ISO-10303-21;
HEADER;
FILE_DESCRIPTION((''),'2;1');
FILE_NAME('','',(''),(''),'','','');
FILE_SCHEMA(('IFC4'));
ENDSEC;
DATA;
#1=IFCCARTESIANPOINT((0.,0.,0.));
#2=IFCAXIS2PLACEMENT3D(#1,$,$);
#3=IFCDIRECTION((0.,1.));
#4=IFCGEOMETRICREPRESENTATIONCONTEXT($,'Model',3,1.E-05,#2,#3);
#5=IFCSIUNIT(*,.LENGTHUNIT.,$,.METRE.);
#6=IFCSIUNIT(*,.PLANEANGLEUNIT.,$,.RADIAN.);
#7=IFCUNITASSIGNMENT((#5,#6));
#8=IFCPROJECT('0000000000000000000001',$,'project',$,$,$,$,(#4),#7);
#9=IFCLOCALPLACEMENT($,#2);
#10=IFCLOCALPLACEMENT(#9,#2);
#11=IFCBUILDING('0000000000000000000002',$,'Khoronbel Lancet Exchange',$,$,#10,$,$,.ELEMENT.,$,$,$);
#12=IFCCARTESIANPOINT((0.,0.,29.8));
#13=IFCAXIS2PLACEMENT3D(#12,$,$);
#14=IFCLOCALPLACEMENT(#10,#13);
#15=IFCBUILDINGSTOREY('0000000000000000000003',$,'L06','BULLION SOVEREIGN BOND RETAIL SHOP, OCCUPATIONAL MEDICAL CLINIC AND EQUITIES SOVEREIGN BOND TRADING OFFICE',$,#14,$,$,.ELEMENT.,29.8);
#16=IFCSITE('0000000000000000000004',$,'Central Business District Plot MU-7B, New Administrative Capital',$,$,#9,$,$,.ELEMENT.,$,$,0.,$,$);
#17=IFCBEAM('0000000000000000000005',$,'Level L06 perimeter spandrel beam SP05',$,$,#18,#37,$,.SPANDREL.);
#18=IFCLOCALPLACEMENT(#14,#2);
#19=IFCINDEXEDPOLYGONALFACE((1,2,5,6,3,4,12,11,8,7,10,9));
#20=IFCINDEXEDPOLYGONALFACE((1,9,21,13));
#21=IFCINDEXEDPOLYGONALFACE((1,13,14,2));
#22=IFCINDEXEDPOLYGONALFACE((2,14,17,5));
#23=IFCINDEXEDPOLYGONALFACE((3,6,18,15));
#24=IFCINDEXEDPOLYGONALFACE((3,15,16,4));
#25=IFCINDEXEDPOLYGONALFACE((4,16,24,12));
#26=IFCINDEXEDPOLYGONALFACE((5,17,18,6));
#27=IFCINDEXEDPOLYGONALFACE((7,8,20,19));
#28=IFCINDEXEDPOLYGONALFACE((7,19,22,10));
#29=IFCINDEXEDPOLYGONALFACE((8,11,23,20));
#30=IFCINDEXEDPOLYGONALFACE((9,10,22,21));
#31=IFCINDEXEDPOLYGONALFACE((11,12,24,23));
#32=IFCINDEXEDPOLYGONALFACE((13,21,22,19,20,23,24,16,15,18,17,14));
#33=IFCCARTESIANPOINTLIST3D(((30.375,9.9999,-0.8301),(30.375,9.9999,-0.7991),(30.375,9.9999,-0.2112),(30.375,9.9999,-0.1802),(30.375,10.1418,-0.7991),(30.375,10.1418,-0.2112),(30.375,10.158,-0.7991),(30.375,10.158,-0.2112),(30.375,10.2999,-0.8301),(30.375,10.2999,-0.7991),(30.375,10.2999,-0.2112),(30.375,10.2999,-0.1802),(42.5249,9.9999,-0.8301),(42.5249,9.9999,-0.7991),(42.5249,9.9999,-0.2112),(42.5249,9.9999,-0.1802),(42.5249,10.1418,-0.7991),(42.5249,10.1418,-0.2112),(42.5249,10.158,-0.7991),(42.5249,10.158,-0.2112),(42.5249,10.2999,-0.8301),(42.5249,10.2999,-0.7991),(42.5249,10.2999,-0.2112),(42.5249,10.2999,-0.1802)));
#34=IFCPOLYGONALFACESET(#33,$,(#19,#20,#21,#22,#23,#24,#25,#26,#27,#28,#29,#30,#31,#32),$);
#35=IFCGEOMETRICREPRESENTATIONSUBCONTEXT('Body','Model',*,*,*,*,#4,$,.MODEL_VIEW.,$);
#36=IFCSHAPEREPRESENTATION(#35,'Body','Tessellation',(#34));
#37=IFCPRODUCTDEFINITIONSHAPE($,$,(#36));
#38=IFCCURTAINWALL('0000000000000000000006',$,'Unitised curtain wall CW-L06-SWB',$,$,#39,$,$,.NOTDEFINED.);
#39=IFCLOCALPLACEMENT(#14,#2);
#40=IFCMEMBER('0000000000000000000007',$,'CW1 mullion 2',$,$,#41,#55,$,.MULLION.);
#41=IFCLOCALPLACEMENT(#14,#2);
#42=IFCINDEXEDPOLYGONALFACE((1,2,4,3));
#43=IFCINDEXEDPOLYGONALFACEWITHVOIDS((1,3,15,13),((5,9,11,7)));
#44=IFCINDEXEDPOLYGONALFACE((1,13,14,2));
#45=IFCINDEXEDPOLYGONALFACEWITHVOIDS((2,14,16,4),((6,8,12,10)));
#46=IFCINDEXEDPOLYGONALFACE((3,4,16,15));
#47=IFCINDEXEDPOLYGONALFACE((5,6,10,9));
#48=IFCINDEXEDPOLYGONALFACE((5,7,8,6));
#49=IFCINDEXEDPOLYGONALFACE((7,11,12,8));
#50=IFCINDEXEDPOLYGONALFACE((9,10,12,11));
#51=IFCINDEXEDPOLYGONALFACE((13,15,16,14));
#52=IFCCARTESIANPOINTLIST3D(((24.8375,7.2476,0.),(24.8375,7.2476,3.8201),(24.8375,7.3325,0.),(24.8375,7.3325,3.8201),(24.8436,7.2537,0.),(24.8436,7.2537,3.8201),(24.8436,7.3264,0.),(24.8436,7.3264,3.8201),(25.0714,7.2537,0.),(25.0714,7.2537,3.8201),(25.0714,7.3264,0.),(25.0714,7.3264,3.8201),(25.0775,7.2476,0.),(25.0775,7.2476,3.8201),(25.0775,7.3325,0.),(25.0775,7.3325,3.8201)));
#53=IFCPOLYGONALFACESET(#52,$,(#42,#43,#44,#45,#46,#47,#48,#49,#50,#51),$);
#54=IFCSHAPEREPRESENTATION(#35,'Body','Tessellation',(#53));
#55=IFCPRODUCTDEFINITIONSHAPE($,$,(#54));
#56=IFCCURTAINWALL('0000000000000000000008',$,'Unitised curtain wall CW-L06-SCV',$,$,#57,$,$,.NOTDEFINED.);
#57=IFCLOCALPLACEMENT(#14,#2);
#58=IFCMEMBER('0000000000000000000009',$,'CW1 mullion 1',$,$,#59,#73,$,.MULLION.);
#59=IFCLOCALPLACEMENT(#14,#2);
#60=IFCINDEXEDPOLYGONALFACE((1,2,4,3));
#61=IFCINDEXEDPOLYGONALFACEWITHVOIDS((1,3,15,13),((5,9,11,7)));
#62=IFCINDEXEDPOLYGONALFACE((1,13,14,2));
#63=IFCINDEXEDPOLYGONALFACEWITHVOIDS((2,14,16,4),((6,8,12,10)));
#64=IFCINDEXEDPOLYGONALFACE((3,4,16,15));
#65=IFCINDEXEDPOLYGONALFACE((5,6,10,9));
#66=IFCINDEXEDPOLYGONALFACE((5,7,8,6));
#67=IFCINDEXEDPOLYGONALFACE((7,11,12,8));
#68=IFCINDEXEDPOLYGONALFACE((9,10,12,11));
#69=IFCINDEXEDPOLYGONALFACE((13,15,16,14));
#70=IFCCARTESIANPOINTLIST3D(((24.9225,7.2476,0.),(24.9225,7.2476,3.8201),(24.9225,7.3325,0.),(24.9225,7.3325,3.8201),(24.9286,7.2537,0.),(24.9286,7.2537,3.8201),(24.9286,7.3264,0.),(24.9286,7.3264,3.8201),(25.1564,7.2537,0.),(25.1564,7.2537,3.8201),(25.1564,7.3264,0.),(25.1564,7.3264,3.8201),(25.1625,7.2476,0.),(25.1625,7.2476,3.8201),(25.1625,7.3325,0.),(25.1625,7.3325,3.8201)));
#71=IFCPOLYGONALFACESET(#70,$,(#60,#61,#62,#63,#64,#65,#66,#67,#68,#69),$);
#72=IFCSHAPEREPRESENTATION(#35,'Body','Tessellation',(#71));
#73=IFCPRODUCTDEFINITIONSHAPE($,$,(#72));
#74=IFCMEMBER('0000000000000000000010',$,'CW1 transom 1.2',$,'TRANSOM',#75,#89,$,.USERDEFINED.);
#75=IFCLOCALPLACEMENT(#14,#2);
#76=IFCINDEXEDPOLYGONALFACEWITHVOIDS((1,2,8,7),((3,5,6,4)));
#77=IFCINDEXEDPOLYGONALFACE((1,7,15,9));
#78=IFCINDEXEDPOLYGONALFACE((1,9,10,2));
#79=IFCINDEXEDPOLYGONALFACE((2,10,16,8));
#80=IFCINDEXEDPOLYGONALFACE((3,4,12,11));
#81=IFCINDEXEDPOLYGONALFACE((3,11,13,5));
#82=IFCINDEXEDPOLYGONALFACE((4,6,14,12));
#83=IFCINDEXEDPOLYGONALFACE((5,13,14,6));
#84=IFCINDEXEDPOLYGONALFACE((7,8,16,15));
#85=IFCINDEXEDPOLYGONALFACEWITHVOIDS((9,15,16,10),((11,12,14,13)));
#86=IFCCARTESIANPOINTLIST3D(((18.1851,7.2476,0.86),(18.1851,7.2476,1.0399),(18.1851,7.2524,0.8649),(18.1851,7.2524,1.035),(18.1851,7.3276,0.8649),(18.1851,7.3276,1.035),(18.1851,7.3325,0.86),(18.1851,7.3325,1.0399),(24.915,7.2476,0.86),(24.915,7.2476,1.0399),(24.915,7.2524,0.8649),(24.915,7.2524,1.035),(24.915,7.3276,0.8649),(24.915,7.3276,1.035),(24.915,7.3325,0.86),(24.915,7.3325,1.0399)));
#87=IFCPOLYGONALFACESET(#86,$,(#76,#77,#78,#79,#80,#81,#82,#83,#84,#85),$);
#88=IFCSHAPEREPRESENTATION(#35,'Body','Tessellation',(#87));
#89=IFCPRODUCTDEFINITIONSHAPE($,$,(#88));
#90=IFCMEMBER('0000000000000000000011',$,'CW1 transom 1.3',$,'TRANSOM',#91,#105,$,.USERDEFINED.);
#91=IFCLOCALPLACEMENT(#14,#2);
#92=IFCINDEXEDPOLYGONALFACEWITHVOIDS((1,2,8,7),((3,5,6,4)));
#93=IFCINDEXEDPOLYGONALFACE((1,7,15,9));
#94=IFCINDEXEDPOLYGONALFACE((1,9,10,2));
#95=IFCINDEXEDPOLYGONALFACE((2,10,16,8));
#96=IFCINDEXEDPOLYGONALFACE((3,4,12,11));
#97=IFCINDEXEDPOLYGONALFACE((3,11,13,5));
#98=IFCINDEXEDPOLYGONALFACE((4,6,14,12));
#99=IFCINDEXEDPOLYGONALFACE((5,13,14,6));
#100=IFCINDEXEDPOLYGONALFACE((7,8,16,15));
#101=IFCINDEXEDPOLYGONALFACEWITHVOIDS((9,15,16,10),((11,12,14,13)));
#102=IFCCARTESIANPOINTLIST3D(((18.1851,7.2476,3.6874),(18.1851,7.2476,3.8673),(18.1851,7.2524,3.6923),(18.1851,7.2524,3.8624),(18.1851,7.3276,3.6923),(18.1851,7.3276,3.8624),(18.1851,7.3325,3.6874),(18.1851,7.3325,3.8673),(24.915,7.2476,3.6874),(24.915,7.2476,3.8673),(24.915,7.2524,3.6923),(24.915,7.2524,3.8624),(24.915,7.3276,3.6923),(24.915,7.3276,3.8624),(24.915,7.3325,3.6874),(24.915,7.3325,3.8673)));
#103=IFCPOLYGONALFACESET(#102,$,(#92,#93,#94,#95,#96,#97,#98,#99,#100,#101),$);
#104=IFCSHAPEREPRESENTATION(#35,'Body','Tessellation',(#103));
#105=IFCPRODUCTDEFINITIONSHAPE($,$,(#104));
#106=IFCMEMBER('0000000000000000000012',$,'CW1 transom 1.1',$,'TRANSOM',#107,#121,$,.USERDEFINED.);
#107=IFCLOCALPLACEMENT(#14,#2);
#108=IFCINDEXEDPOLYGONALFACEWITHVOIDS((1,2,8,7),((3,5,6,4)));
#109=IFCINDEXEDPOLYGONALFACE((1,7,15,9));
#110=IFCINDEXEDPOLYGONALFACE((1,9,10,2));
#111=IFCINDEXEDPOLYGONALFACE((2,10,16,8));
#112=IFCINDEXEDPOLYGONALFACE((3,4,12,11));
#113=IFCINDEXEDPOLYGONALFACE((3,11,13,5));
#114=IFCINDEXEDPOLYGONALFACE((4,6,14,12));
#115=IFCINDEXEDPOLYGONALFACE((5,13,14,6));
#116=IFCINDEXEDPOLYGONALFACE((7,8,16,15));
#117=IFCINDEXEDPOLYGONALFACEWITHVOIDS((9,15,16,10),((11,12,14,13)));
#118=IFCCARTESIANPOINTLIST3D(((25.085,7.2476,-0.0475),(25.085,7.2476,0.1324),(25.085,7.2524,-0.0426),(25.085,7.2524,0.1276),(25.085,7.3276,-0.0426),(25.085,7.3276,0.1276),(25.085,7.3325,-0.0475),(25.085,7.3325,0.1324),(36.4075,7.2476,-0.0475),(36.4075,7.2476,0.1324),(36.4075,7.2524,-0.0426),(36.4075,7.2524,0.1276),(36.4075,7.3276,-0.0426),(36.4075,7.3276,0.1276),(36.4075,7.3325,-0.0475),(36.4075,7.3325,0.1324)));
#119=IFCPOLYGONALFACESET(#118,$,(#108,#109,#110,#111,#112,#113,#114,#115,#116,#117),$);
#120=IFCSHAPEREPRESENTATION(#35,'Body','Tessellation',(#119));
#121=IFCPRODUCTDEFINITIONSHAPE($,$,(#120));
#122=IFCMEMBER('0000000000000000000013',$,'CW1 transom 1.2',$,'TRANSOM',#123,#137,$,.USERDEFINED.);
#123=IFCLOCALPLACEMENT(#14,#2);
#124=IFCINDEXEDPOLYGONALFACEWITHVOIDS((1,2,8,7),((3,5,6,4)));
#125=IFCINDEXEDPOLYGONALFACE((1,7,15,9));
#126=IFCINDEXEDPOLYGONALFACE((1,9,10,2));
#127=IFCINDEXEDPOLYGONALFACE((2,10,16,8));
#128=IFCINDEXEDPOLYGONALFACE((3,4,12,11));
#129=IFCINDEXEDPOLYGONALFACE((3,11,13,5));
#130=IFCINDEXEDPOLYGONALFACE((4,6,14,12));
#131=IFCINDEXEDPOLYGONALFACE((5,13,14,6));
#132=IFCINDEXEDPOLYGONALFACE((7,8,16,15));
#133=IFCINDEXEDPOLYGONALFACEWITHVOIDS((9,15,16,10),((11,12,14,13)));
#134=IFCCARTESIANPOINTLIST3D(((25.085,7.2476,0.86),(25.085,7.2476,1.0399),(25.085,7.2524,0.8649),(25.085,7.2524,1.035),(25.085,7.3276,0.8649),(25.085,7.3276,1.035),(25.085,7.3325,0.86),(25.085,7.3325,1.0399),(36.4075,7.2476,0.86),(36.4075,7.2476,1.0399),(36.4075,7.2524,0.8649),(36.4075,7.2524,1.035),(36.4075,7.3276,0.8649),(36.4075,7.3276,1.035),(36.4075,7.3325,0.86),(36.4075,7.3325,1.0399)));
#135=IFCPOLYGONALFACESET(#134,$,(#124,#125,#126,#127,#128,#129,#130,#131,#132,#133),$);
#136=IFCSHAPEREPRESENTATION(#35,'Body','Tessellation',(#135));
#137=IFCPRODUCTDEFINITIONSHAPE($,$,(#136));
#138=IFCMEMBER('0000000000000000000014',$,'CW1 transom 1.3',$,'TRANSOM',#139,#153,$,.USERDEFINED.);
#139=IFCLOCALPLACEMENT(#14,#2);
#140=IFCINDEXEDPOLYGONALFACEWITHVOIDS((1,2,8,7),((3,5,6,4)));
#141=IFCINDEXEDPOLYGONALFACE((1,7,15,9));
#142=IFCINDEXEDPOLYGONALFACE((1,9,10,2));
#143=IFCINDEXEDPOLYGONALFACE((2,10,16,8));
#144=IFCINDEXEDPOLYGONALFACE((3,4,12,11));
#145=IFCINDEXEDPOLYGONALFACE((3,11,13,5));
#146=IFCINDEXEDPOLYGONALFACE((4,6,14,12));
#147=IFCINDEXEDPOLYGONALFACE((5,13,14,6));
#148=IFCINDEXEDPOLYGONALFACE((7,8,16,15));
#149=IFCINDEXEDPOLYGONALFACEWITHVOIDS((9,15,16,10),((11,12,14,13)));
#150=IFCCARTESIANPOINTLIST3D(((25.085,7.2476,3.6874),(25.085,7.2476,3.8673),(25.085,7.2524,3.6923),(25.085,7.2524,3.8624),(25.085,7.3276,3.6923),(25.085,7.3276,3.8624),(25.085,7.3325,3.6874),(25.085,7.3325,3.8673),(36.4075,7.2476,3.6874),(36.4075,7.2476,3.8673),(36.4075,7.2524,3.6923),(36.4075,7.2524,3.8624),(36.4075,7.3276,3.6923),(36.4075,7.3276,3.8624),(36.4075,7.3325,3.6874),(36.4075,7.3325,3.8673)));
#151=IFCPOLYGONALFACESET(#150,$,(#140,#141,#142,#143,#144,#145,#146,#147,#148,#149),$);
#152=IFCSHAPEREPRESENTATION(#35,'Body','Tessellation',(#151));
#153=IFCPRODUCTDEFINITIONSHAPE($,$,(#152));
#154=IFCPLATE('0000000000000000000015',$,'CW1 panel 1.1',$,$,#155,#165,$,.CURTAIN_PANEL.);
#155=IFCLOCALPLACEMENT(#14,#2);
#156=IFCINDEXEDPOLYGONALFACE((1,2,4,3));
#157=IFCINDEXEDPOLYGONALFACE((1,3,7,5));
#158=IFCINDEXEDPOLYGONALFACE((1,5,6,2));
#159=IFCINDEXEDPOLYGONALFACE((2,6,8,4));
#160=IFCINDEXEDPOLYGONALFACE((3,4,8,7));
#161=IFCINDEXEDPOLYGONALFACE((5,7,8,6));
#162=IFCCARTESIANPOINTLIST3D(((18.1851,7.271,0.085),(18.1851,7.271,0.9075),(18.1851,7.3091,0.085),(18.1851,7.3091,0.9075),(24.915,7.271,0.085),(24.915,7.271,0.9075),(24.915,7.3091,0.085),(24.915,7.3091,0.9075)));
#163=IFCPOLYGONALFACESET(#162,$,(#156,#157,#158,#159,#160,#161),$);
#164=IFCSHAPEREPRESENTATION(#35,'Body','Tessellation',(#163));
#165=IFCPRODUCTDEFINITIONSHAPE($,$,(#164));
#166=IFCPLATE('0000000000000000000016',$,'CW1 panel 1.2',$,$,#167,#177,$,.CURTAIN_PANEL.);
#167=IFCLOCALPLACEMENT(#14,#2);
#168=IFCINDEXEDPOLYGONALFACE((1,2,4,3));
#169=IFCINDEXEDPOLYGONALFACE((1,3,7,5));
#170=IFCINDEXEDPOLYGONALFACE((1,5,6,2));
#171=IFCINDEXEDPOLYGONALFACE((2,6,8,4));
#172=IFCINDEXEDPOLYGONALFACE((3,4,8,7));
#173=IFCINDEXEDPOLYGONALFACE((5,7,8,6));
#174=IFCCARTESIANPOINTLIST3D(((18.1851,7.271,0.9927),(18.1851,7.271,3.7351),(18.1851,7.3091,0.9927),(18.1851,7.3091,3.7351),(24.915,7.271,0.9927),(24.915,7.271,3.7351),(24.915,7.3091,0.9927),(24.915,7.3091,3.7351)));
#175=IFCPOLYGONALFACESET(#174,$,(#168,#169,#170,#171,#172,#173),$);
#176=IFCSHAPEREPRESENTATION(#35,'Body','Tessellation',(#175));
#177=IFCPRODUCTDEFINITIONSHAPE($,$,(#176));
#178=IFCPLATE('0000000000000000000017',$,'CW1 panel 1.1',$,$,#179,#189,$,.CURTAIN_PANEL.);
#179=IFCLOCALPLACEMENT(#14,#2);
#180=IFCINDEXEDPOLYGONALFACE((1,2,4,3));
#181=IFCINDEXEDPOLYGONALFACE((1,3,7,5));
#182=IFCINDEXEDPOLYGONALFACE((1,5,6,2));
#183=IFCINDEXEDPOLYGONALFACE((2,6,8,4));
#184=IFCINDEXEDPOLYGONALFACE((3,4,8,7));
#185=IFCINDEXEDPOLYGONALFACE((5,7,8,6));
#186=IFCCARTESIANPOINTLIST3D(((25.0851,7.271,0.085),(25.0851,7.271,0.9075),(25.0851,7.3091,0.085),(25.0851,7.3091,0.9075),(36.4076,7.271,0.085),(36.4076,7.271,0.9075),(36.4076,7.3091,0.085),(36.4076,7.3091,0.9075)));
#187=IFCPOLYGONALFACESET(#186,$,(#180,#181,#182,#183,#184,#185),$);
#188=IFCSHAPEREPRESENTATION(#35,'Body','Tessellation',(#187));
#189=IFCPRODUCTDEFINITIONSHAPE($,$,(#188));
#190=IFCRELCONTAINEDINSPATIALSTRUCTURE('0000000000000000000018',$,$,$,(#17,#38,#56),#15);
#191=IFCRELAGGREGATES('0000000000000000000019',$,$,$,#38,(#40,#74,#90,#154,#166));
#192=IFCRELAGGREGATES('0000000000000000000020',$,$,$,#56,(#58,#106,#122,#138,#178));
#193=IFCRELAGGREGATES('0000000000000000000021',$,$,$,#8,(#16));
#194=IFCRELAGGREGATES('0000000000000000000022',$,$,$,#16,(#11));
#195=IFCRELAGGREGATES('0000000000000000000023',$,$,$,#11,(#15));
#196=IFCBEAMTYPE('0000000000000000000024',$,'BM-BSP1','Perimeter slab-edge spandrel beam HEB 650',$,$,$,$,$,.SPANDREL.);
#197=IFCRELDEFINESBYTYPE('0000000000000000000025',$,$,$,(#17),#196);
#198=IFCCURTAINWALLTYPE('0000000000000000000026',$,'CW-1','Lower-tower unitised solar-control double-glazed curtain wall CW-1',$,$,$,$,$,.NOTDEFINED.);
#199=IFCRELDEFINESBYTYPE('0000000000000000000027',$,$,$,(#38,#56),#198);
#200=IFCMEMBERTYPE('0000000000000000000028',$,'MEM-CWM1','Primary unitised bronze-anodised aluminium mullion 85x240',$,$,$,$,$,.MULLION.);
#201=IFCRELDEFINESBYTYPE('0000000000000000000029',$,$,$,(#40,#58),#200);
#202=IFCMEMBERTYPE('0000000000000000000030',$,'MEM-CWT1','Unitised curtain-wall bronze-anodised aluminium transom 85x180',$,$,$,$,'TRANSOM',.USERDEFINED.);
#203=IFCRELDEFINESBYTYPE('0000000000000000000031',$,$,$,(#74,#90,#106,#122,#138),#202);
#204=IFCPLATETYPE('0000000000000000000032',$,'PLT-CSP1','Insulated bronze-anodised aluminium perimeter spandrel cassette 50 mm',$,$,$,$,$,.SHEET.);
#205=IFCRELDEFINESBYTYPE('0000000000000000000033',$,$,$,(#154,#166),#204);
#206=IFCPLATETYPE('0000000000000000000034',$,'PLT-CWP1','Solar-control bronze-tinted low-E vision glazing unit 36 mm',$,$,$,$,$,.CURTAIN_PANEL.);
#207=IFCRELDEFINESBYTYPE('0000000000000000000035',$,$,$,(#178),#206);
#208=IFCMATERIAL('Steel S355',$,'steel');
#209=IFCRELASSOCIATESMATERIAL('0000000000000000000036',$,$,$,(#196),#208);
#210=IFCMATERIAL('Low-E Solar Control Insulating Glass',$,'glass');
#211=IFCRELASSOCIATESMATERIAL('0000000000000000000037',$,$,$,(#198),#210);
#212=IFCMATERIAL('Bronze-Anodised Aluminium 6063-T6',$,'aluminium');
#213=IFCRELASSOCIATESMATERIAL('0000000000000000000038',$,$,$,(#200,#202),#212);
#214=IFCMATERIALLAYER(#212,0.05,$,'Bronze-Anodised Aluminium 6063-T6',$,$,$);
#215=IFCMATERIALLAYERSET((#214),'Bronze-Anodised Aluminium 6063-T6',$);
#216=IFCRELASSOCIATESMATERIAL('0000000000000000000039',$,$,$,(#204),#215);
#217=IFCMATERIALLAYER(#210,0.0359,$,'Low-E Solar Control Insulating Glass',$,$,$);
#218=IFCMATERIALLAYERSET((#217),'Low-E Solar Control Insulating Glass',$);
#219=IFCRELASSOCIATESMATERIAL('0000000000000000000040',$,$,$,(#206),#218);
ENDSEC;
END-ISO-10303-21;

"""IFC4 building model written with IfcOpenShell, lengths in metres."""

from ifc_helpers import new_model, si_unit, direction, frame, origin, origin_2d, place, context, subcontext, project, spatial, rectangle, hollow_rectangle, i_section, extrude, material, layer, layer_set, material_profile, profile_set, type_object, element, aggregate, save


model = new_model("IFC4")

# Units and contexts
model_context = context("Model", 3, precision=1e-05, world=origin(), true_north=direction((0.0, 1.0)))
body_context = subcontext(model_context, "Body", "Model", "MODEL_VIEW")
ifc_project = project(units=[si_unit("LENGTHUNIT", "METRE"), si_unit("PLANEANGLEUNIT", "RADIAN")], contexts=[model_context])

# Site, building, storey
site_placement = place(None, origin())
site = spatial("IfcSite", under=ifc_project, at=site_placement, Name="Central Business District Plot MU-7B, New Administrative Capital", CompositionType="ELEMENT", RefElevation=0.0)
building_placement = place(site_placement, origin())
building = spatial("IfcBuilding", under=site, at=building_placement, Name="Khoronbel Lancet Exchange", CompositionType="ELEMENT")
storey_placement = place(building_placement, frame((0.0, 0.0, 29.8)))
storey = spatial("IfcBuildingStorey", under=building, at=storey_placement, Name="L06", Description="BULLION SOVEREIGN BOND RETAIL SHOP, OCCUPATIONAL MEDICAL CLINIC AND EQUITIES SOVEREIGN BOND TRADING OFFICE", CompositionType="ELEMENT", Elevation=29.8)

# Beam
ifc_material_1 = material(Name="Steel S355", Category="steel")
ifc_material_profile_1 = material_profile(ifc_material_1, i_section(OverallWidth=0.3, OverallDepth=0.6499, WebThickness=0.0161, FlangeThickness=0.031, at=origin_2d()), Name="HEB 650")
ifc_profile_set_1 = profile_set([ifc_material_profile_1], Name="Steel S355")
beam_type_1 = type_object("IfcBeamType", Name="BM-BSP1", Description="Perimeter slab-edge spandrel beam HEB 650", PredefinedType="SPANDREL", material=ifc_profile_set_1)
beam_1_placement = place(storey_placement, frame((30.375, 10.1499, -0.5051), z_axis=(1.0, 0.0, 0.0), x_axis=(0.0, 1.0, 0.0)))
element("IfcBeam", 1, at=beam_1_placement, inside=storey, type_object=beam_type_1, Name="Level L06 perimeter spandrel beam SP05", PredefinedType="SPANDREL", context=body_context, shape_type="SweptSolid", body=[
    extrude(i_section(OverallWidth=0.3, OverallDepth=0.6499, WebThickness=0.0161, FlangeThickness=0.031, at=origin_2d()), origin(), (0.0, 0.0, 1.0), 12.1499),
])

# Curtain walls, members
ifc_material_2 = material(Name="Low-E Solar Control Insulating Glass", Category="glass")
curtain_wall_type = type_object("IfcCurtainWallType", Name="CW-1", Description="Lower-tower unitised solar-control double-glazed curtain wall CW-1", PredefinedType="NOTDEFINED", material=ifc_material_2)
curtain_wall_1_placement = place(storey_placement, origin())
curtain_wall_1 = element("IfcCurtainWall", 2, at=curtain_wall_1_placement, inside=storey, type_object=curtain_wall_type, Name="Unitised curtain wall CW-L06-SWB", PredefinedType="NOTDEFINED")
ifc_material_3 = material(Name="Bronze-Anodised Aluminium 6063-T6", Category="aluminium")
ifc_material_profile_2 = material_profile(ifc_material_3, hollow_rectangle(XDim=0.085, YDim=0.24, WallThickness=0.0061, at=origin_2d()), Name="ALU MULLION 85x240")
ifc_profile_set_2 = profile_set([ifc_material_profile_2], Name="Bronze-Anodised Aluminium 6063-T6")
member_type_1 = type_object("IfcMemberType", Name="MEM-CWM1", Description="Primary unitised bronze-anodised aluminium mullion 85x240", PredefinedType="MULLION", material=ifc_profile_set_2)
member_1_placement = place(storey_placement, frame((24.9575, 7.29, 0.0), z_axis=(0.0, 0.0, 1.0), x_axis=(0.0, 1.0, 0.0)))
member_1 = element("IfcMember", 3, at=member_1_placement, type_object=member_type_1, Name="CW1 mullion 2", PredefinedType="MULLION", context=body_context, shape_type="SweptSolid", body=[
    extrude(hollow_rectangle(XDim=0.085, YDim=0.24, WallThickness=0.0061, at=origin_2d()), origin(), (0.0, 0.0, 1.0), 3.8201),
])
curtain_wall_2_placement = place(storey_placement, origin())
curtain_wall_2 = element("IfcCurtainWall", 4, at=curtain_wall_2_placement, inside=storey, type_object=curtain_wall_type, Name="Unitised curtain wall CW-L06-SCV", PredefinedType="NOTDEFINED")
member_2_placement = place(storey_placement, frame((25.0425, 7.29, 0.0), z_axis=(0.0, 0.0, 1.0), x_axis=(0.0, 1.0, 0.0)))
member_2 = element("IfcMember", 5, at=member_2_placement, type_object=member_type_1, Name="CW1 mullion 1", PredefinedType="MULLION", context=body_context, shape_type="SweptSolid", body=[
    extrude(hollow_rectangle(XDim=0.085, YDim=0.24, WallThickness=0.0061, at=origin_2d()), origin(), (0.0, 0.0, 1.0), 3.8201),
])

# Members
ifc_material_profile_3 = material_profile(ifc_material_3, hollow_rectangle(XDim=0.085, YDim=0.1799, WallThickness=0.0049, at=origin_2d()), Name="ALU TRANSOM 85x180")
ifc_profile_set_3 = profile_set([ifc_material_profile_3], Name="Bronze-Anodised Aluminium 6063-T6")
member_type_2 = type_object("IfcMemberType", Name="MEM-CWT1", Description="Unitised curtain-wall bronze-anodised aluminium transom 85x180", ElementType="TRANSOM", PredefinedType="USERDEFINED", material=ifc_profile_set_3)
member_3_placement = place(storey_placement, frame((18.1851, 7.29, 0.95), z_axis=(1.0, 0.0, 0.0), x_axis=(0.0, 1.0, 0.0)))
member_3 = element("IfcMember", 6, at=member_3_placement, type_object=member_type_2, Name="CW1 transom 1.2", ObjectType="TRANSOM", PredefinedType="USERDEFINED", context=body_context, shape_type="SweptSolid", body=[
    extrude(hollow_rectangle(XDim=0.085, YDim=0.1799, WallThickness=0.0049, at=origin_2d()), origin(), (0.0, 0.0, 1.0), 6.73),
])
member_4_placement = place(storey_placement, frame((18.1851, 7.29, 3.7773), z_axis=(1.0, 0.0, 0.0), x_axis=(0.0, 1.0, 0.0)))
member_4 = element("IfcMember", 7, at=member_4_placement, type_object=member_type_2, Name="CW1 transom 1.3", ObjectType="TRANSOM", PredefinedType="USERDEFINED", context=body_context, shape_type="SweptSolid", body=[
    extrude(hollow_rectangle(XDim=0.085, YDim=0.1799, WallThickness=0.0049, at=origin_2d()), origin(), (0.0, 0.0, 1.0), 6.73),
])
member_5_placement = place(storey_placement, frame((25.085, 7.29, 0.0425), z_axis=(1.0, 0.0, 0.0), x_axis=(0.0, 1.0, 0.0)))
member_5 = element("IfcMember", 8, at=member_5_placement, type_object=member_type_2, Name="CW1 transom 1.1", ObjectType="TRANSOM", PredefinedType="USERDEFINED", context=body_context, shape_type="SweptSolid", body=[
    extrude(hollow_rectangle(XDim=0.085, YDim=0.1799, WallThickness=0.0049, at=origin_2d()), origin(), (0.0, 0.0, 1.0), 11.3225),
])
member_6_placement = place(storey_placement, frame((25.085, 7.29, 0.95), z_axis=(1.0, 0.0, 0.0), x_axis=(0.0, 1.0, 0.0)))
member_6 = element("IfcMember", 9, at=member_6_placement, type_object=member_type_2, Name="CW1 transom 1.2", ObjectType="TRANSOM", PredefinedType="USERDEFINED", context=body_context, shape_type="SweptSolid", body=[
    extrude(hollow_rectangle(XDim=0.085, YDim=0.1799, WallThickness=0.0049, at=origin_2d()), origin(), (0.0, 0.0, 1.0), 11.3225),
])
member_7_placement = place(storey_placement, frame((25.085, 7.29, 3.7773), z_axis=(1.0, 0.0, 0.0), x_axis=(0.0, 1.0, 0.0)))
member_7 = element("IfcMember", 10, at=member_7_placement, type_object=member_type_2, Name="CW1 transom 1.3", ObjectType="TRANSOM", PredefinedType="USERDEFINED", context=body_context, shape_type="SweptSolid", body=[
    extrude(hollow_rectangle(XDim=0.085, YDim=0.1799, WallThickness=0.0049, at=origin_2d()), origin(), (0.0, 0.0, 1.0), 11.3225),
])

# Plates
ifc_layer_1 = layer(ifc_material_3, 0.05, Name="Bronze-Anodised Aluminium 6063-T6")
ifc_layer_set_1 = layer_set([ifc_layer_1], Name="Bronze-Anodised Aluminium 6063-T6")
plate_type_1 = type_object("IfcPlateType", Name="PLT-CSP1", Description="Insulated bronze-anodised aluminium perimeter spandrel cassette 50 mm", PredefinedType="SHEET", material=ifc_layer_set_1)
plate_1_placement = place(storey_placement, frame((21.55, 7.29, 0.085), z_axis=(0.0, 0.0, 1.0), x_axis=(1.0, 0.0, 0.0)))
plate_1 = element("IfcPlate", 11, at=plate_1_placement, type_object=plate_type_1, Name="CW1 panel 1.1", PredefinedType="CURTAIN_PANEL", context=body_context, shape_type="SweptSolid", body=[
    extrude(rectangle(XDim=6.73, YDim=0.0381, at=origin_2d()), origin(), (0.0, 0.0, 1.0), 0.8225),
])
plate_2_placement = place(storey_placement, frame((21.55, 7.29, 0.9927), z_axis=(0.0, 0.0, 1.0), x_axis=(1.0, 0.0, 0.0)))
plate_2 = element("IfcPlate", 12, at=plate_2_placement, type_object=plate_type_1, Name="CW1 panel 1.2", PredefinedType="CURTAIN_PANEL", context=body_context, shape_type="SweptSolid", body=[
    extrude(rectangle(XDim=6.73, YDim=0.0381, at=origin_2d()), origin(), (0.0, 0.0, 1.0), 2.7424),
])
aggregate(curtain_wall_1, [member_1, member_3, member_4, plate_1, plate_2])
ifc_layer_2 = layer(ifc_material_2, 0.0359, Name="Low-E Solar Control Insulating Glass")
ifc_layer_set_2 = layer_set([ifc_layer_2], Name="Low-E Solar Control Insulating Glass")
plate_type_2 = type_object("IfcPlateType", Name="PLT-CWP1", Description="Solar-control bronze-tinted low-E vision glazing unit 36 mm", PredefinedType="CURTAIN_PANEL", material=ifc_layer_set_2)
plate_3_placement = place(storey_placement, frame((30.7463, 7.29, 0.085), z_axis=(0.0, 0.0, 1.0), x_axis=(1.0, 0.0, 0.0)))
plate_3 = element("IfcPlate", 13, at=plate_3_placement, type_object=plate_type_2, Name="CW1 panel 1.1", PredefinedType="CURTAIN_PANEL", context=body_context, shape_type="SweptSolid", body=[
    extrude(rectangle(XDim=11.3225, YDim=0.0381, at=origin_2d()), origin(), (0.0, 0.0, 1.0), 0.8225),
])
aggregate(curtain_wall_2, [member_2, member_5, member_6, member_7, plate_3])

save(model, "model.ifc")
